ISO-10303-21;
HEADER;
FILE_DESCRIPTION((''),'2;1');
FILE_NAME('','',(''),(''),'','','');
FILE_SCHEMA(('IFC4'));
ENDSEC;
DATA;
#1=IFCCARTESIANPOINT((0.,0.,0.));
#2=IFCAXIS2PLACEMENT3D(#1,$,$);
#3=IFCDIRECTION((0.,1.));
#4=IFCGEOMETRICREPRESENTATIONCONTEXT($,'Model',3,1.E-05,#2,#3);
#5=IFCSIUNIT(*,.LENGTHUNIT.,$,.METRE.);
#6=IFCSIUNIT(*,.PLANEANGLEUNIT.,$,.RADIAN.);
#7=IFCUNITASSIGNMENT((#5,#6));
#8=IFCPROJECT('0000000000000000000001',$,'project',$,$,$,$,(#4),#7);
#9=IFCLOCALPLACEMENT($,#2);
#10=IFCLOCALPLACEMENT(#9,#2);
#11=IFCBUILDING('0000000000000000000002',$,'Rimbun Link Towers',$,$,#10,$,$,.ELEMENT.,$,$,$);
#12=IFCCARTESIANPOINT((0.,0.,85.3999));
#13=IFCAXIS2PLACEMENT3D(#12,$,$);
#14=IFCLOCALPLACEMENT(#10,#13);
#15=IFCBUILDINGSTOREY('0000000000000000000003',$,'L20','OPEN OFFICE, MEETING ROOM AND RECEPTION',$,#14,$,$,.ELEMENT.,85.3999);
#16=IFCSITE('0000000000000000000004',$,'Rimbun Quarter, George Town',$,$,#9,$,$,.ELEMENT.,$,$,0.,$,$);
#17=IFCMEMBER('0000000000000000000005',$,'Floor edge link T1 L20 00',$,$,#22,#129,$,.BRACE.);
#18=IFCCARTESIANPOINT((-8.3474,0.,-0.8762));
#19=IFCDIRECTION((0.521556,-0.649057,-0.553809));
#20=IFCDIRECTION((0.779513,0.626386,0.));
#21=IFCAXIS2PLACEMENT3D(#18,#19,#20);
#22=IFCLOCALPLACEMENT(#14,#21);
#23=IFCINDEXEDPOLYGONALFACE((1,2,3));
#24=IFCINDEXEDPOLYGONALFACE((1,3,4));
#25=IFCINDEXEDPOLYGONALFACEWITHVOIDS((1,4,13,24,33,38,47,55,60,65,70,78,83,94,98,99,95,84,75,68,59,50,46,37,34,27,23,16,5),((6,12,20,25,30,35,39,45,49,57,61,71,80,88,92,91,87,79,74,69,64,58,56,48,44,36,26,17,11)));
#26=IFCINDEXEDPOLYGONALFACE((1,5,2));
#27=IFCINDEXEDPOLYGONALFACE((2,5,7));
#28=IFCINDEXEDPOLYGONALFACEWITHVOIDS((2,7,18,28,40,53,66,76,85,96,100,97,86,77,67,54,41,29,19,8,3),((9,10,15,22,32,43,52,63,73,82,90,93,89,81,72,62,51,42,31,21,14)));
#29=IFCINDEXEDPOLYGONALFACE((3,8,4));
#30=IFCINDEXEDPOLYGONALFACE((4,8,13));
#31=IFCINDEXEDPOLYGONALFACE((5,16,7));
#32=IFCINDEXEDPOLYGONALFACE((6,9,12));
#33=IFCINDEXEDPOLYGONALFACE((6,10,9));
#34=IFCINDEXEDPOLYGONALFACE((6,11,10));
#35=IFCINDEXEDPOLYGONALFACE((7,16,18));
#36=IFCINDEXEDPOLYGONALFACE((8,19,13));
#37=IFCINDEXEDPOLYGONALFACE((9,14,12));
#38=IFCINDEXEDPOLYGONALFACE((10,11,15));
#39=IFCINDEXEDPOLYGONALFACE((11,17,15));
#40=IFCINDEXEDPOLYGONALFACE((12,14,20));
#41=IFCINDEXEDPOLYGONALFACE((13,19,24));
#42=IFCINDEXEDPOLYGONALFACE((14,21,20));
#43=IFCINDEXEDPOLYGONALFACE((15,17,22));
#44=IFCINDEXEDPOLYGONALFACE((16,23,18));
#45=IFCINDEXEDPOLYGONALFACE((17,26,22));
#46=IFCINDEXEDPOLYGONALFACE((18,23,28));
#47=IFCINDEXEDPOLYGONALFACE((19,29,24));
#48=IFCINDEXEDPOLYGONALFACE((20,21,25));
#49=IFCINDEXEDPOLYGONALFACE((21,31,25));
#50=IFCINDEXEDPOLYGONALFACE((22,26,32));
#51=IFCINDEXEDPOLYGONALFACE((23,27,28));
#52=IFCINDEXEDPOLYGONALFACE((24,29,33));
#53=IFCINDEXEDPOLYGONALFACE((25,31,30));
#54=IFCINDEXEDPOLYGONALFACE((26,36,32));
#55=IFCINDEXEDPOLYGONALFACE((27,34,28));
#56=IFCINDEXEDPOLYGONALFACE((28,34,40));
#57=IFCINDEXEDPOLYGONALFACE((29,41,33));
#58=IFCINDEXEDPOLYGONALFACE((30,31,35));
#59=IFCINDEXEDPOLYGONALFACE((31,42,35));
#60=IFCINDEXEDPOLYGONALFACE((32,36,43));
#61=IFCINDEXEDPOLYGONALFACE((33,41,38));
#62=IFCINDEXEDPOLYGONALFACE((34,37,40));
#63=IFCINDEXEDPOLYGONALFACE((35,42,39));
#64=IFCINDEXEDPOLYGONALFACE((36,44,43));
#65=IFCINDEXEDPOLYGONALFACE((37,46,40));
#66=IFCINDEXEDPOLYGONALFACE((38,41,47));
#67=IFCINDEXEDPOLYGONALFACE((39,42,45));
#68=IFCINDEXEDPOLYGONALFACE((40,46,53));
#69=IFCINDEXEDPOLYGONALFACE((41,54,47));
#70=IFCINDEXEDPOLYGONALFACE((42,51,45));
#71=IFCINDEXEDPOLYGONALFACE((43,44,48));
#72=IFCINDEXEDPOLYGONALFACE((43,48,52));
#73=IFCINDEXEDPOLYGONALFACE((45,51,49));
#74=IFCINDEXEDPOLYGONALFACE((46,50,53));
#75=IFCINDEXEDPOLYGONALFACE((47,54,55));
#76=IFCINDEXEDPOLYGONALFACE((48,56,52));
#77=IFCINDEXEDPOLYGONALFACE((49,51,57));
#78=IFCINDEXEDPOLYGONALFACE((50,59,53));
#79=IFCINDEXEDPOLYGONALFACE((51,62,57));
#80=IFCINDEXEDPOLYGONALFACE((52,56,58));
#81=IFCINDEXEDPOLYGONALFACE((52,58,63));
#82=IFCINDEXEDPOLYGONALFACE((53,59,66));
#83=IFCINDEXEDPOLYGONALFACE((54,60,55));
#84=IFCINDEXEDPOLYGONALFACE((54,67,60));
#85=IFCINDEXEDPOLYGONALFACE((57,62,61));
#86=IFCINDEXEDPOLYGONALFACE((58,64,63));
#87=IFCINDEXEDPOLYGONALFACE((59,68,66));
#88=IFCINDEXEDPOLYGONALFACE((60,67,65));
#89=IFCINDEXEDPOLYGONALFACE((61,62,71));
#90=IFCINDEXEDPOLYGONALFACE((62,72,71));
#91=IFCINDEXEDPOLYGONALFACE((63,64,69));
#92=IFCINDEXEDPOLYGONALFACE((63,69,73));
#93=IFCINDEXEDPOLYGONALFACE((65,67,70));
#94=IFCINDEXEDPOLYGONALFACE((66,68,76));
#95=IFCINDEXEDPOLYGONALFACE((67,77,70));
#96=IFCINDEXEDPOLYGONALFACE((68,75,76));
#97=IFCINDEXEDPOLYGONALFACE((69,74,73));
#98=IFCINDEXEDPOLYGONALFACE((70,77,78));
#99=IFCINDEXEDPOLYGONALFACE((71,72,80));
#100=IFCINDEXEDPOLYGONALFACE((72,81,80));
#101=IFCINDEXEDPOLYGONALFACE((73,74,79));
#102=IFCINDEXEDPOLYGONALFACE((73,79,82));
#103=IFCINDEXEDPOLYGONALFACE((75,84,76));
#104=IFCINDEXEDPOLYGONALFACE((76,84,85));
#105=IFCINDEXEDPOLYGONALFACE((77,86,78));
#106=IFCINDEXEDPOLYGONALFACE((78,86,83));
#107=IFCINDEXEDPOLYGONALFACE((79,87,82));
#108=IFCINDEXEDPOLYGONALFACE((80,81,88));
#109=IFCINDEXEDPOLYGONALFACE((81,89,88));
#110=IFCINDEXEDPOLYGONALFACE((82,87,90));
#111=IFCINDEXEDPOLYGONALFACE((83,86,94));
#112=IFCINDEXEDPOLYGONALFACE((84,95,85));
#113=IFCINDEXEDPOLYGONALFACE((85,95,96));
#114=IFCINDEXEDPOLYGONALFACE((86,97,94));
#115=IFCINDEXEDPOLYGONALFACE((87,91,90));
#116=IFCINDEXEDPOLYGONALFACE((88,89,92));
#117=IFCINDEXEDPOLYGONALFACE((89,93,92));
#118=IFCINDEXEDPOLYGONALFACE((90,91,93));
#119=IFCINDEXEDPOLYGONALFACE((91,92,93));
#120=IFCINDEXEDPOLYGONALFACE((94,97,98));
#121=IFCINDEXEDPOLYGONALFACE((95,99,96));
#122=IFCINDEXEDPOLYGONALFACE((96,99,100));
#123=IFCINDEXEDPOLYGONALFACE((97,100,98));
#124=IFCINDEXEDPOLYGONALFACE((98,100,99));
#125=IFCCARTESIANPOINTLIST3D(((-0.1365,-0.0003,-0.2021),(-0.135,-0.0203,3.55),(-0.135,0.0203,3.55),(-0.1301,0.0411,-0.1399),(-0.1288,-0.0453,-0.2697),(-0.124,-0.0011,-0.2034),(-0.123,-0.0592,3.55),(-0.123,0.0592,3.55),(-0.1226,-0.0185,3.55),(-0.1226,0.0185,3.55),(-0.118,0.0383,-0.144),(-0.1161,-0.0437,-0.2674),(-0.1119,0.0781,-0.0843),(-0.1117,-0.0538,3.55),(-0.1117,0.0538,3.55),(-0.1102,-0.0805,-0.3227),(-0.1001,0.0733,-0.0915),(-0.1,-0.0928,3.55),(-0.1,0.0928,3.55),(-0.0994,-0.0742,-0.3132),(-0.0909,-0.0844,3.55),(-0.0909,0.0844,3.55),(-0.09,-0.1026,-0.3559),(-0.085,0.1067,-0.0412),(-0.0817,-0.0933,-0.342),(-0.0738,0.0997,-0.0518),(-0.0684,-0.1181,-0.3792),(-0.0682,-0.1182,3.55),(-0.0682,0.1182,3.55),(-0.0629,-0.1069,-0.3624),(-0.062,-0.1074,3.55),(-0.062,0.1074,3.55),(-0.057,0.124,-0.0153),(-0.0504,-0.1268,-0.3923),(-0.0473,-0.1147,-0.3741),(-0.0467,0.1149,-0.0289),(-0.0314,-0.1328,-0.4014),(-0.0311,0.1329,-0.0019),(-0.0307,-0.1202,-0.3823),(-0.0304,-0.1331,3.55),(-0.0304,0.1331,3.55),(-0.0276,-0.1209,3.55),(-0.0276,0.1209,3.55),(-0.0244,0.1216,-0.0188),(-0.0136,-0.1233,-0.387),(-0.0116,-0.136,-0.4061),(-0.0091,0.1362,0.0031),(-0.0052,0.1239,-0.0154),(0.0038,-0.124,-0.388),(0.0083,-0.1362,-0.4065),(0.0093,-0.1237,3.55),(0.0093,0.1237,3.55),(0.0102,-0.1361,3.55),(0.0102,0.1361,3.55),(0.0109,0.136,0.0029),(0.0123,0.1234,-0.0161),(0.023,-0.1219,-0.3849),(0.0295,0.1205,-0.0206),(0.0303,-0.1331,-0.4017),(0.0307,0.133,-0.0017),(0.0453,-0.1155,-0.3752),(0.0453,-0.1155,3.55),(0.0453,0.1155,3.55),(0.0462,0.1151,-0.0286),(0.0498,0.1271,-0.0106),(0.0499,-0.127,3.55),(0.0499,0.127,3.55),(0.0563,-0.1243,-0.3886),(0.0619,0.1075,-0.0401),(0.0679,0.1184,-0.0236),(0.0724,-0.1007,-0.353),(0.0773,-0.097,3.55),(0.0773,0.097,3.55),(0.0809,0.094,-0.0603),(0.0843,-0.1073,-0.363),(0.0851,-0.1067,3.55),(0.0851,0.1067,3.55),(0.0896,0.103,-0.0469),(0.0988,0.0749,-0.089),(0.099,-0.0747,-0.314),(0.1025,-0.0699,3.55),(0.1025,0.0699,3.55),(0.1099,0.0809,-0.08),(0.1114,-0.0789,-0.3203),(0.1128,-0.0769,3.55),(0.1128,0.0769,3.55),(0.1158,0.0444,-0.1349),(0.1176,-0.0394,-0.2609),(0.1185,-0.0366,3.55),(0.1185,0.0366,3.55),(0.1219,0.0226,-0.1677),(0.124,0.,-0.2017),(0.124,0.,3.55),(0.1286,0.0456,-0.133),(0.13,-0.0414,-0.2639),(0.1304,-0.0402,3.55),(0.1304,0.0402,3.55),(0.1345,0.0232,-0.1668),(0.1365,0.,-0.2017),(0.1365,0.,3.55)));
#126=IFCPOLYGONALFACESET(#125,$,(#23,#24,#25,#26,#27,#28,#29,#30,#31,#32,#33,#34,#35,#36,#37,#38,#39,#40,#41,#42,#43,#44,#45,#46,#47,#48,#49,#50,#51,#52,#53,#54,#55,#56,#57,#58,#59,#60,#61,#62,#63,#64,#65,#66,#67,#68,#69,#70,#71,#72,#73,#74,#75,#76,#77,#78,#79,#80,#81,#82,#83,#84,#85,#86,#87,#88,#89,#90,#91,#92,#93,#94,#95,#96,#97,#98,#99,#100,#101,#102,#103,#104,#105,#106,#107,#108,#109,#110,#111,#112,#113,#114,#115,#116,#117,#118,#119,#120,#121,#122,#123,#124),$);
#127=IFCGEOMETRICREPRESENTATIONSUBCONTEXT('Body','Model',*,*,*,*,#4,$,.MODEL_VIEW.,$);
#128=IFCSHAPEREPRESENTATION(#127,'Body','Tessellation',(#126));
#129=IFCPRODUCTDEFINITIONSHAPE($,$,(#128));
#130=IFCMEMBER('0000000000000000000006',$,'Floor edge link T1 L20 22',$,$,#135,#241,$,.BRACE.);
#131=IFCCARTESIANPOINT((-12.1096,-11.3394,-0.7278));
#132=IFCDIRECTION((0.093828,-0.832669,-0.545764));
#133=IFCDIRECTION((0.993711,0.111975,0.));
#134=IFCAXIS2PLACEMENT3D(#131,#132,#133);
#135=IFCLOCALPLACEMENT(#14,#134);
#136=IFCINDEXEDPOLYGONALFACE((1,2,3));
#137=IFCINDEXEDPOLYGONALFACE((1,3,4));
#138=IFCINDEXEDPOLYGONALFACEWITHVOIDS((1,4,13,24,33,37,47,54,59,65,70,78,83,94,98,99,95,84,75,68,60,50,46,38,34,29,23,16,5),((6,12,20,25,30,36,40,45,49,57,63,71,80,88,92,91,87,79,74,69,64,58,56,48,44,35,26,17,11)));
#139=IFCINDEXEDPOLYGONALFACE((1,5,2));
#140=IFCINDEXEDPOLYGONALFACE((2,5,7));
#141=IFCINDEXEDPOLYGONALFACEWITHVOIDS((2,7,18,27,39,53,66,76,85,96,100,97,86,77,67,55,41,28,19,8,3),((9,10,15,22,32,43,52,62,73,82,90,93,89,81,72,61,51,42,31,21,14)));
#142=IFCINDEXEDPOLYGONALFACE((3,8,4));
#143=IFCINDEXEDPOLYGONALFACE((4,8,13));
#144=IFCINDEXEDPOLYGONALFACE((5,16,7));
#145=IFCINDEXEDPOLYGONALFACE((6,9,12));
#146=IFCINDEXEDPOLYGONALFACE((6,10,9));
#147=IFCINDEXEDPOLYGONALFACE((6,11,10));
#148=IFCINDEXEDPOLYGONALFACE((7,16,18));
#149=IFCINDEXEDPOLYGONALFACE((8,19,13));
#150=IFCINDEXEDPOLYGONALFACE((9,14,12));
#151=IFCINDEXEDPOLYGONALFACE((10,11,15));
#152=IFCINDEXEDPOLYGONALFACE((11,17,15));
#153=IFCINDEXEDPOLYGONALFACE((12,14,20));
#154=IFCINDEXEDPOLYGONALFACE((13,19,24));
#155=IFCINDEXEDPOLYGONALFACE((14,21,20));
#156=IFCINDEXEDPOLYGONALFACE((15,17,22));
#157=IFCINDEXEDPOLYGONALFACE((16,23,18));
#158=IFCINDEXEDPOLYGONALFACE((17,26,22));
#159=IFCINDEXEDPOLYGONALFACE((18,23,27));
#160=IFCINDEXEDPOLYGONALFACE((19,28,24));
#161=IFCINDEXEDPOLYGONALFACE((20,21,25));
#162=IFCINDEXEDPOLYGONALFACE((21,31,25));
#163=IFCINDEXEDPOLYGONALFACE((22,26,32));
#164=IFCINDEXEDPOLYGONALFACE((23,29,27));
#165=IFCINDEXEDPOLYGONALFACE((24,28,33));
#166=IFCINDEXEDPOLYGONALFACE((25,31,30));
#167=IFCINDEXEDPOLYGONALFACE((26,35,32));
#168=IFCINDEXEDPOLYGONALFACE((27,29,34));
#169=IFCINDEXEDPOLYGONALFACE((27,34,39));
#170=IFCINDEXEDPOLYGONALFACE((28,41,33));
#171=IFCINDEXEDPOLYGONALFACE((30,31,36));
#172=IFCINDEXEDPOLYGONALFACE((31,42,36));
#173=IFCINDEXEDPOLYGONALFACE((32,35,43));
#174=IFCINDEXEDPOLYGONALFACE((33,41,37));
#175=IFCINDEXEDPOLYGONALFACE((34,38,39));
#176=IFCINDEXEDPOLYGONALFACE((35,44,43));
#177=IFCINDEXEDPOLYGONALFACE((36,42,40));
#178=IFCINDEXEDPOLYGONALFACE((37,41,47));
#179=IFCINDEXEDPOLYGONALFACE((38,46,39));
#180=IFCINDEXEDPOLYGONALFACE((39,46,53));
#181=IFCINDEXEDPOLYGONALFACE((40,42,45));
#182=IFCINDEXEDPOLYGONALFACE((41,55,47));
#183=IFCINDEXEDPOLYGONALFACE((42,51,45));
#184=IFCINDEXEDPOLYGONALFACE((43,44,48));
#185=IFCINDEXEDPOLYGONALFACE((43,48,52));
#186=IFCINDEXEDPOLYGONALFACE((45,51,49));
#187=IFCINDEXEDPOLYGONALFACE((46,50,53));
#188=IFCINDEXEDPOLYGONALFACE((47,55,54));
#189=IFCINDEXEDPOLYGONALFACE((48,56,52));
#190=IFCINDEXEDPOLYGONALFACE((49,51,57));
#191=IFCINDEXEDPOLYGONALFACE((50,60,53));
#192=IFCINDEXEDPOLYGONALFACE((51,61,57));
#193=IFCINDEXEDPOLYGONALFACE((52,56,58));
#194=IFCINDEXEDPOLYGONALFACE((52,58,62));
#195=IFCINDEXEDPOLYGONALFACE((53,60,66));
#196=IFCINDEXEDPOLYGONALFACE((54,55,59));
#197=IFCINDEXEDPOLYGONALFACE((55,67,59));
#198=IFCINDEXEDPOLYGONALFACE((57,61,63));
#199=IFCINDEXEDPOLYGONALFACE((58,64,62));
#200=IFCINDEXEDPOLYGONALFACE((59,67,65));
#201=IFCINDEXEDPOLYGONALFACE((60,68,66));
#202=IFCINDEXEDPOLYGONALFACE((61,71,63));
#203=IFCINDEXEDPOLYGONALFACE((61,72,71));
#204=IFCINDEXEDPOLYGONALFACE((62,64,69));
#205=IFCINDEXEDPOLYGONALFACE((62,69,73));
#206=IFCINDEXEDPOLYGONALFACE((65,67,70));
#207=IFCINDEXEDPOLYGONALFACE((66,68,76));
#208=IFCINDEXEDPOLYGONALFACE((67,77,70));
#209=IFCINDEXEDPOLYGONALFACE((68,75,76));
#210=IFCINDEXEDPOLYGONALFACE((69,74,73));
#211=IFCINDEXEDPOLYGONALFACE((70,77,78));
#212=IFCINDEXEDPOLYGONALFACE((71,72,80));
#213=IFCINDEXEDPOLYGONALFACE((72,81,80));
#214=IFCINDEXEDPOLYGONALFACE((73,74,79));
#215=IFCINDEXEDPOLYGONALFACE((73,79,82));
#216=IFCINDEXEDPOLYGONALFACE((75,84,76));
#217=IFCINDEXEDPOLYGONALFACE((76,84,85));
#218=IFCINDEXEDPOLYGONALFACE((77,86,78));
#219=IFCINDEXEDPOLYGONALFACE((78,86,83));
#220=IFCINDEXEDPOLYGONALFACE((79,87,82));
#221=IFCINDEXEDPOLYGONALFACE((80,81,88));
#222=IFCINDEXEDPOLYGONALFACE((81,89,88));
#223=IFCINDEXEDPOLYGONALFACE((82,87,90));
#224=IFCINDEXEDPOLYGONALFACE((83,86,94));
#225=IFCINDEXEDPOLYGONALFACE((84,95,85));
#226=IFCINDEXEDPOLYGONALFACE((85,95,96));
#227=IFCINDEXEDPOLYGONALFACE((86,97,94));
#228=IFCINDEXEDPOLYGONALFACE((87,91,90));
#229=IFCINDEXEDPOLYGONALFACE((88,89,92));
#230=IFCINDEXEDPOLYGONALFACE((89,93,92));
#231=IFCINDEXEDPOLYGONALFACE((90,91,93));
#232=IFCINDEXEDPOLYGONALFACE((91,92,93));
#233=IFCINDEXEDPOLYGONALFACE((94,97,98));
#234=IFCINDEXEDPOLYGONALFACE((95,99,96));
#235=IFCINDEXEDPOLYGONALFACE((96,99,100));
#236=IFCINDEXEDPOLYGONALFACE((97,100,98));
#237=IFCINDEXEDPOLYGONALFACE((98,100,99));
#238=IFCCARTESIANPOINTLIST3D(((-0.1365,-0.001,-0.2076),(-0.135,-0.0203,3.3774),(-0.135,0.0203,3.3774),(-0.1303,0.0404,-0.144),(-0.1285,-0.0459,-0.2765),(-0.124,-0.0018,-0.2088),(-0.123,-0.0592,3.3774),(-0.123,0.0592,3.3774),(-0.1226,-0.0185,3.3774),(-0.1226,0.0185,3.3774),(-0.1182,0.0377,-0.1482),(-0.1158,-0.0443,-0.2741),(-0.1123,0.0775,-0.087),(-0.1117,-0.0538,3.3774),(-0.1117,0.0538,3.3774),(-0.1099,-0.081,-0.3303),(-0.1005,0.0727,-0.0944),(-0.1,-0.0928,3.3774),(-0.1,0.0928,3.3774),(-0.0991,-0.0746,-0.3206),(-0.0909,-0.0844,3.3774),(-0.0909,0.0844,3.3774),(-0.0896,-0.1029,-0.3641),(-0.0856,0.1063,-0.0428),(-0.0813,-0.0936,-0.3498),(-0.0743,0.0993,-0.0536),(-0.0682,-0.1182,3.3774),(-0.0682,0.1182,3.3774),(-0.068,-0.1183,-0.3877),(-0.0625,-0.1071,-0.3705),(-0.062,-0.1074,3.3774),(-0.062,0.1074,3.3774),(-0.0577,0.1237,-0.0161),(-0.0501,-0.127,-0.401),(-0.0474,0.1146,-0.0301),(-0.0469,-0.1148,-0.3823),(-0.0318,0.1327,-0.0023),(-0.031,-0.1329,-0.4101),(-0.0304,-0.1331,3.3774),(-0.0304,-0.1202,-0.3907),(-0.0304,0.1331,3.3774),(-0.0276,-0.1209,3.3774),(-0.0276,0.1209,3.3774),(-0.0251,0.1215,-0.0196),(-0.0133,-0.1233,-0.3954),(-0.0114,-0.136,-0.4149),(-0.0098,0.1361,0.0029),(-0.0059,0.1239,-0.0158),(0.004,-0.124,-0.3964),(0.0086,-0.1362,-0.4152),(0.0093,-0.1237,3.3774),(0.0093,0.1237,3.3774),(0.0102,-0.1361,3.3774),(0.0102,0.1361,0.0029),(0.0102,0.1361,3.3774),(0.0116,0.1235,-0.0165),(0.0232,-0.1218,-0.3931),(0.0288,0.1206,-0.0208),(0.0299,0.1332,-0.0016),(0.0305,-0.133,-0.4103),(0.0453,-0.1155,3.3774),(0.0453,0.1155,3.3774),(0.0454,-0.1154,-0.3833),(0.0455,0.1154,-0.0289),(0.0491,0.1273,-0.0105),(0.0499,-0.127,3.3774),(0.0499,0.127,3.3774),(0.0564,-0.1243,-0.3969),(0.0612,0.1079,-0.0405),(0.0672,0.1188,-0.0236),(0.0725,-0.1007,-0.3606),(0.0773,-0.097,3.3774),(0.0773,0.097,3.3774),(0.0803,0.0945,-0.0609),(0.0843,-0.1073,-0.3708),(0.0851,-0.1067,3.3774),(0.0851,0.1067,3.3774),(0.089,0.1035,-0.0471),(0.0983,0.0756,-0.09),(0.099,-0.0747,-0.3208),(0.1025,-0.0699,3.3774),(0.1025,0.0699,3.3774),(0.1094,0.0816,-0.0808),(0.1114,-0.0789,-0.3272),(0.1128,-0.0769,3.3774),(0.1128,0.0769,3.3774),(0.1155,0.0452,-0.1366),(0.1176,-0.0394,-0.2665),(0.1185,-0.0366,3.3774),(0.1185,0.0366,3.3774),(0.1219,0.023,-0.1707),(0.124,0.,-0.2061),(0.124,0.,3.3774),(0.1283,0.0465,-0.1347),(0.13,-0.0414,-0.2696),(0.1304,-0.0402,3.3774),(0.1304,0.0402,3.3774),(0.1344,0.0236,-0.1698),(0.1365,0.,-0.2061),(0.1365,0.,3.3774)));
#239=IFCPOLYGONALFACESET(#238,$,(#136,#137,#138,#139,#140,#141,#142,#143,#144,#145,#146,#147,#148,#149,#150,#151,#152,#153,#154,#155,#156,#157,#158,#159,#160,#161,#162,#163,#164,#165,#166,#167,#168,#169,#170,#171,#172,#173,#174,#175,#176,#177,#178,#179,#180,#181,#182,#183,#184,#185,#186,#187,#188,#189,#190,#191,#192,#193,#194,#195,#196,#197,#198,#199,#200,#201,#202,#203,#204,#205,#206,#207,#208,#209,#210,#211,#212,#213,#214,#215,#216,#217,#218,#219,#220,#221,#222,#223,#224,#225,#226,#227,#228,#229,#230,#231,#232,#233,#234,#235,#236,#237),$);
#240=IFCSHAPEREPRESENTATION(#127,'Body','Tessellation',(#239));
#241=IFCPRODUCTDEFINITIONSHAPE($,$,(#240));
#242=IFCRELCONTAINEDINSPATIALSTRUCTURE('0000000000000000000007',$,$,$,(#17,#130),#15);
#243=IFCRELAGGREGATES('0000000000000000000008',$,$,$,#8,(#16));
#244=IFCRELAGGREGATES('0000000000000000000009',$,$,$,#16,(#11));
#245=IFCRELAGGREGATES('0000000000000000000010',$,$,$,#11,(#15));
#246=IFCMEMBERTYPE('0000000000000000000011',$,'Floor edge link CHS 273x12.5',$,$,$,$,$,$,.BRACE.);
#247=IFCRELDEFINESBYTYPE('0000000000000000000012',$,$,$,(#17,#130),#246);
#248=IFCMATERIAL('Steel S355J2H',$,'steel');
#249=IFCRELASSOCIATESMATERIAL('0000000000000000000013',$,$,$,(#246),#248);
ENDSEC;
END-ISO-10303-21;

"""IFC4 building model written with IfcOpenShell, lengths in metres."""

from ifc_helpers import new_model, si_unit, direction, frame, origin, origin_2d, place, context, subcontext, project, spatial, hollow_circle, extrude, clip, halfspace, material, material_profile, profile_set, type_object, element, save


model = new_model("IFC4")

# Units and contexts
model_context = context("Model", 3, precision=1e-05, world=origin(), true_north=direction((0.0, 1.0)))
body_context = subcontext(model_context, "Body", "Model", "MODEL_VIEW")
ifc_project = project(units=[si_unit("LENGTHUNIT", "METRE"), si_unit("PLANEANGLEUNIT", "RADIAN")], contexts=[model_context])

# Site, building, storey
site_placement = place(None, origin())
site = spatial("IfcSite", under=ifc_project, at=site_placement, Name="Rimbun Quarter, George Town", CompositionType="ELEMENT", RefElevation=0.0)
building_placement = place(site_placement, origin())
building = spatial("IfcBuilding", under=site, at=building_placement, Name="Rimbun Link Towers", CompositionType="ELEMENT")
storey_placement = place(building_placement, frame((0.0, 0.0, 85.3999)))
storey = spatial("IfcBuildingStorey", under=building, at=storey_placement, Name="L20", Description="OPEN OFFICE, MEETING ROOM AND RECEPTION", CompositionType="ELEMENT", Elevation=85.3999)

# Members
ifc_material_1 = material(Name="Steel S355J2H", Category="steel")
ifc_material_profile_1 = material_profile(ifc_material_1, hollow_circle(Radius=0.1365, WallThickness=0.0125, at=origin_2d()), Name="CHS 273x12.5")
ifc_profile_set_1 = profile_set([ifc_material_profile_1], Name="Steel S355J2H")
member_type_1 = type_object("IfcMemberType", Name="Floor edge link CHS 273x12.5", PredefinedType="BRACE", material=ifc_profile_set_1)
member_1_placement = place(storey_placement, frame((-8.3474, 0.0, -0.8762), z_axis=(0.521556, -0.649057, -0.553809), x_axis=(0.779513, 0.626386, 0.0)))
element("IfcMember", 1, at=member_1_placement, inside=storey, type_object=member_type_1, Name="Floor edge link T1 L20 00", PredefinedType="BRACE", context=body_context, shape_type="Clipping", body=[
    clip(extrude(hollow_circle(Radius=0.1365, WallThickness=0.0125, at=origin_2d()), frame((0.0, 0.0, -0.4285)), (0.0, 0.0, 1.0), 3.9785), halfspace(frame((0.0, 0.0, -0.2017), z_axis=(0.0, 0.832643, -0.553809)), False)),
])
member_2_placement = place(storey_placement, frame((-12.1096, -11.3394, -0.7278), z_axis=(0.093828, -0.832669, -0.545764), x_axis=(0.993711, 0.111975, 0.0)))
element("IfcMember", 2, at=member_2_placement, inside=storey, type_object=member_type_1, Name="Floor edge link T1 L20 22", PredefinedType="BRACE", context=body_context, shape_type="Clipping", body=[
    clip(extrude(hollow_circle(Radius=0.1365, WallThickness=0.0125, at=origin_2d()), frame((0.0, 0.0, -0.4375)), (0.0, 0.0, 1.0), 3.8149), halfspace(frame((0.0, 0.0, -0.2061), z_axis=(0.0, 0.837939, -0.545764)), False)),
])

save(model, "model.ifc")
